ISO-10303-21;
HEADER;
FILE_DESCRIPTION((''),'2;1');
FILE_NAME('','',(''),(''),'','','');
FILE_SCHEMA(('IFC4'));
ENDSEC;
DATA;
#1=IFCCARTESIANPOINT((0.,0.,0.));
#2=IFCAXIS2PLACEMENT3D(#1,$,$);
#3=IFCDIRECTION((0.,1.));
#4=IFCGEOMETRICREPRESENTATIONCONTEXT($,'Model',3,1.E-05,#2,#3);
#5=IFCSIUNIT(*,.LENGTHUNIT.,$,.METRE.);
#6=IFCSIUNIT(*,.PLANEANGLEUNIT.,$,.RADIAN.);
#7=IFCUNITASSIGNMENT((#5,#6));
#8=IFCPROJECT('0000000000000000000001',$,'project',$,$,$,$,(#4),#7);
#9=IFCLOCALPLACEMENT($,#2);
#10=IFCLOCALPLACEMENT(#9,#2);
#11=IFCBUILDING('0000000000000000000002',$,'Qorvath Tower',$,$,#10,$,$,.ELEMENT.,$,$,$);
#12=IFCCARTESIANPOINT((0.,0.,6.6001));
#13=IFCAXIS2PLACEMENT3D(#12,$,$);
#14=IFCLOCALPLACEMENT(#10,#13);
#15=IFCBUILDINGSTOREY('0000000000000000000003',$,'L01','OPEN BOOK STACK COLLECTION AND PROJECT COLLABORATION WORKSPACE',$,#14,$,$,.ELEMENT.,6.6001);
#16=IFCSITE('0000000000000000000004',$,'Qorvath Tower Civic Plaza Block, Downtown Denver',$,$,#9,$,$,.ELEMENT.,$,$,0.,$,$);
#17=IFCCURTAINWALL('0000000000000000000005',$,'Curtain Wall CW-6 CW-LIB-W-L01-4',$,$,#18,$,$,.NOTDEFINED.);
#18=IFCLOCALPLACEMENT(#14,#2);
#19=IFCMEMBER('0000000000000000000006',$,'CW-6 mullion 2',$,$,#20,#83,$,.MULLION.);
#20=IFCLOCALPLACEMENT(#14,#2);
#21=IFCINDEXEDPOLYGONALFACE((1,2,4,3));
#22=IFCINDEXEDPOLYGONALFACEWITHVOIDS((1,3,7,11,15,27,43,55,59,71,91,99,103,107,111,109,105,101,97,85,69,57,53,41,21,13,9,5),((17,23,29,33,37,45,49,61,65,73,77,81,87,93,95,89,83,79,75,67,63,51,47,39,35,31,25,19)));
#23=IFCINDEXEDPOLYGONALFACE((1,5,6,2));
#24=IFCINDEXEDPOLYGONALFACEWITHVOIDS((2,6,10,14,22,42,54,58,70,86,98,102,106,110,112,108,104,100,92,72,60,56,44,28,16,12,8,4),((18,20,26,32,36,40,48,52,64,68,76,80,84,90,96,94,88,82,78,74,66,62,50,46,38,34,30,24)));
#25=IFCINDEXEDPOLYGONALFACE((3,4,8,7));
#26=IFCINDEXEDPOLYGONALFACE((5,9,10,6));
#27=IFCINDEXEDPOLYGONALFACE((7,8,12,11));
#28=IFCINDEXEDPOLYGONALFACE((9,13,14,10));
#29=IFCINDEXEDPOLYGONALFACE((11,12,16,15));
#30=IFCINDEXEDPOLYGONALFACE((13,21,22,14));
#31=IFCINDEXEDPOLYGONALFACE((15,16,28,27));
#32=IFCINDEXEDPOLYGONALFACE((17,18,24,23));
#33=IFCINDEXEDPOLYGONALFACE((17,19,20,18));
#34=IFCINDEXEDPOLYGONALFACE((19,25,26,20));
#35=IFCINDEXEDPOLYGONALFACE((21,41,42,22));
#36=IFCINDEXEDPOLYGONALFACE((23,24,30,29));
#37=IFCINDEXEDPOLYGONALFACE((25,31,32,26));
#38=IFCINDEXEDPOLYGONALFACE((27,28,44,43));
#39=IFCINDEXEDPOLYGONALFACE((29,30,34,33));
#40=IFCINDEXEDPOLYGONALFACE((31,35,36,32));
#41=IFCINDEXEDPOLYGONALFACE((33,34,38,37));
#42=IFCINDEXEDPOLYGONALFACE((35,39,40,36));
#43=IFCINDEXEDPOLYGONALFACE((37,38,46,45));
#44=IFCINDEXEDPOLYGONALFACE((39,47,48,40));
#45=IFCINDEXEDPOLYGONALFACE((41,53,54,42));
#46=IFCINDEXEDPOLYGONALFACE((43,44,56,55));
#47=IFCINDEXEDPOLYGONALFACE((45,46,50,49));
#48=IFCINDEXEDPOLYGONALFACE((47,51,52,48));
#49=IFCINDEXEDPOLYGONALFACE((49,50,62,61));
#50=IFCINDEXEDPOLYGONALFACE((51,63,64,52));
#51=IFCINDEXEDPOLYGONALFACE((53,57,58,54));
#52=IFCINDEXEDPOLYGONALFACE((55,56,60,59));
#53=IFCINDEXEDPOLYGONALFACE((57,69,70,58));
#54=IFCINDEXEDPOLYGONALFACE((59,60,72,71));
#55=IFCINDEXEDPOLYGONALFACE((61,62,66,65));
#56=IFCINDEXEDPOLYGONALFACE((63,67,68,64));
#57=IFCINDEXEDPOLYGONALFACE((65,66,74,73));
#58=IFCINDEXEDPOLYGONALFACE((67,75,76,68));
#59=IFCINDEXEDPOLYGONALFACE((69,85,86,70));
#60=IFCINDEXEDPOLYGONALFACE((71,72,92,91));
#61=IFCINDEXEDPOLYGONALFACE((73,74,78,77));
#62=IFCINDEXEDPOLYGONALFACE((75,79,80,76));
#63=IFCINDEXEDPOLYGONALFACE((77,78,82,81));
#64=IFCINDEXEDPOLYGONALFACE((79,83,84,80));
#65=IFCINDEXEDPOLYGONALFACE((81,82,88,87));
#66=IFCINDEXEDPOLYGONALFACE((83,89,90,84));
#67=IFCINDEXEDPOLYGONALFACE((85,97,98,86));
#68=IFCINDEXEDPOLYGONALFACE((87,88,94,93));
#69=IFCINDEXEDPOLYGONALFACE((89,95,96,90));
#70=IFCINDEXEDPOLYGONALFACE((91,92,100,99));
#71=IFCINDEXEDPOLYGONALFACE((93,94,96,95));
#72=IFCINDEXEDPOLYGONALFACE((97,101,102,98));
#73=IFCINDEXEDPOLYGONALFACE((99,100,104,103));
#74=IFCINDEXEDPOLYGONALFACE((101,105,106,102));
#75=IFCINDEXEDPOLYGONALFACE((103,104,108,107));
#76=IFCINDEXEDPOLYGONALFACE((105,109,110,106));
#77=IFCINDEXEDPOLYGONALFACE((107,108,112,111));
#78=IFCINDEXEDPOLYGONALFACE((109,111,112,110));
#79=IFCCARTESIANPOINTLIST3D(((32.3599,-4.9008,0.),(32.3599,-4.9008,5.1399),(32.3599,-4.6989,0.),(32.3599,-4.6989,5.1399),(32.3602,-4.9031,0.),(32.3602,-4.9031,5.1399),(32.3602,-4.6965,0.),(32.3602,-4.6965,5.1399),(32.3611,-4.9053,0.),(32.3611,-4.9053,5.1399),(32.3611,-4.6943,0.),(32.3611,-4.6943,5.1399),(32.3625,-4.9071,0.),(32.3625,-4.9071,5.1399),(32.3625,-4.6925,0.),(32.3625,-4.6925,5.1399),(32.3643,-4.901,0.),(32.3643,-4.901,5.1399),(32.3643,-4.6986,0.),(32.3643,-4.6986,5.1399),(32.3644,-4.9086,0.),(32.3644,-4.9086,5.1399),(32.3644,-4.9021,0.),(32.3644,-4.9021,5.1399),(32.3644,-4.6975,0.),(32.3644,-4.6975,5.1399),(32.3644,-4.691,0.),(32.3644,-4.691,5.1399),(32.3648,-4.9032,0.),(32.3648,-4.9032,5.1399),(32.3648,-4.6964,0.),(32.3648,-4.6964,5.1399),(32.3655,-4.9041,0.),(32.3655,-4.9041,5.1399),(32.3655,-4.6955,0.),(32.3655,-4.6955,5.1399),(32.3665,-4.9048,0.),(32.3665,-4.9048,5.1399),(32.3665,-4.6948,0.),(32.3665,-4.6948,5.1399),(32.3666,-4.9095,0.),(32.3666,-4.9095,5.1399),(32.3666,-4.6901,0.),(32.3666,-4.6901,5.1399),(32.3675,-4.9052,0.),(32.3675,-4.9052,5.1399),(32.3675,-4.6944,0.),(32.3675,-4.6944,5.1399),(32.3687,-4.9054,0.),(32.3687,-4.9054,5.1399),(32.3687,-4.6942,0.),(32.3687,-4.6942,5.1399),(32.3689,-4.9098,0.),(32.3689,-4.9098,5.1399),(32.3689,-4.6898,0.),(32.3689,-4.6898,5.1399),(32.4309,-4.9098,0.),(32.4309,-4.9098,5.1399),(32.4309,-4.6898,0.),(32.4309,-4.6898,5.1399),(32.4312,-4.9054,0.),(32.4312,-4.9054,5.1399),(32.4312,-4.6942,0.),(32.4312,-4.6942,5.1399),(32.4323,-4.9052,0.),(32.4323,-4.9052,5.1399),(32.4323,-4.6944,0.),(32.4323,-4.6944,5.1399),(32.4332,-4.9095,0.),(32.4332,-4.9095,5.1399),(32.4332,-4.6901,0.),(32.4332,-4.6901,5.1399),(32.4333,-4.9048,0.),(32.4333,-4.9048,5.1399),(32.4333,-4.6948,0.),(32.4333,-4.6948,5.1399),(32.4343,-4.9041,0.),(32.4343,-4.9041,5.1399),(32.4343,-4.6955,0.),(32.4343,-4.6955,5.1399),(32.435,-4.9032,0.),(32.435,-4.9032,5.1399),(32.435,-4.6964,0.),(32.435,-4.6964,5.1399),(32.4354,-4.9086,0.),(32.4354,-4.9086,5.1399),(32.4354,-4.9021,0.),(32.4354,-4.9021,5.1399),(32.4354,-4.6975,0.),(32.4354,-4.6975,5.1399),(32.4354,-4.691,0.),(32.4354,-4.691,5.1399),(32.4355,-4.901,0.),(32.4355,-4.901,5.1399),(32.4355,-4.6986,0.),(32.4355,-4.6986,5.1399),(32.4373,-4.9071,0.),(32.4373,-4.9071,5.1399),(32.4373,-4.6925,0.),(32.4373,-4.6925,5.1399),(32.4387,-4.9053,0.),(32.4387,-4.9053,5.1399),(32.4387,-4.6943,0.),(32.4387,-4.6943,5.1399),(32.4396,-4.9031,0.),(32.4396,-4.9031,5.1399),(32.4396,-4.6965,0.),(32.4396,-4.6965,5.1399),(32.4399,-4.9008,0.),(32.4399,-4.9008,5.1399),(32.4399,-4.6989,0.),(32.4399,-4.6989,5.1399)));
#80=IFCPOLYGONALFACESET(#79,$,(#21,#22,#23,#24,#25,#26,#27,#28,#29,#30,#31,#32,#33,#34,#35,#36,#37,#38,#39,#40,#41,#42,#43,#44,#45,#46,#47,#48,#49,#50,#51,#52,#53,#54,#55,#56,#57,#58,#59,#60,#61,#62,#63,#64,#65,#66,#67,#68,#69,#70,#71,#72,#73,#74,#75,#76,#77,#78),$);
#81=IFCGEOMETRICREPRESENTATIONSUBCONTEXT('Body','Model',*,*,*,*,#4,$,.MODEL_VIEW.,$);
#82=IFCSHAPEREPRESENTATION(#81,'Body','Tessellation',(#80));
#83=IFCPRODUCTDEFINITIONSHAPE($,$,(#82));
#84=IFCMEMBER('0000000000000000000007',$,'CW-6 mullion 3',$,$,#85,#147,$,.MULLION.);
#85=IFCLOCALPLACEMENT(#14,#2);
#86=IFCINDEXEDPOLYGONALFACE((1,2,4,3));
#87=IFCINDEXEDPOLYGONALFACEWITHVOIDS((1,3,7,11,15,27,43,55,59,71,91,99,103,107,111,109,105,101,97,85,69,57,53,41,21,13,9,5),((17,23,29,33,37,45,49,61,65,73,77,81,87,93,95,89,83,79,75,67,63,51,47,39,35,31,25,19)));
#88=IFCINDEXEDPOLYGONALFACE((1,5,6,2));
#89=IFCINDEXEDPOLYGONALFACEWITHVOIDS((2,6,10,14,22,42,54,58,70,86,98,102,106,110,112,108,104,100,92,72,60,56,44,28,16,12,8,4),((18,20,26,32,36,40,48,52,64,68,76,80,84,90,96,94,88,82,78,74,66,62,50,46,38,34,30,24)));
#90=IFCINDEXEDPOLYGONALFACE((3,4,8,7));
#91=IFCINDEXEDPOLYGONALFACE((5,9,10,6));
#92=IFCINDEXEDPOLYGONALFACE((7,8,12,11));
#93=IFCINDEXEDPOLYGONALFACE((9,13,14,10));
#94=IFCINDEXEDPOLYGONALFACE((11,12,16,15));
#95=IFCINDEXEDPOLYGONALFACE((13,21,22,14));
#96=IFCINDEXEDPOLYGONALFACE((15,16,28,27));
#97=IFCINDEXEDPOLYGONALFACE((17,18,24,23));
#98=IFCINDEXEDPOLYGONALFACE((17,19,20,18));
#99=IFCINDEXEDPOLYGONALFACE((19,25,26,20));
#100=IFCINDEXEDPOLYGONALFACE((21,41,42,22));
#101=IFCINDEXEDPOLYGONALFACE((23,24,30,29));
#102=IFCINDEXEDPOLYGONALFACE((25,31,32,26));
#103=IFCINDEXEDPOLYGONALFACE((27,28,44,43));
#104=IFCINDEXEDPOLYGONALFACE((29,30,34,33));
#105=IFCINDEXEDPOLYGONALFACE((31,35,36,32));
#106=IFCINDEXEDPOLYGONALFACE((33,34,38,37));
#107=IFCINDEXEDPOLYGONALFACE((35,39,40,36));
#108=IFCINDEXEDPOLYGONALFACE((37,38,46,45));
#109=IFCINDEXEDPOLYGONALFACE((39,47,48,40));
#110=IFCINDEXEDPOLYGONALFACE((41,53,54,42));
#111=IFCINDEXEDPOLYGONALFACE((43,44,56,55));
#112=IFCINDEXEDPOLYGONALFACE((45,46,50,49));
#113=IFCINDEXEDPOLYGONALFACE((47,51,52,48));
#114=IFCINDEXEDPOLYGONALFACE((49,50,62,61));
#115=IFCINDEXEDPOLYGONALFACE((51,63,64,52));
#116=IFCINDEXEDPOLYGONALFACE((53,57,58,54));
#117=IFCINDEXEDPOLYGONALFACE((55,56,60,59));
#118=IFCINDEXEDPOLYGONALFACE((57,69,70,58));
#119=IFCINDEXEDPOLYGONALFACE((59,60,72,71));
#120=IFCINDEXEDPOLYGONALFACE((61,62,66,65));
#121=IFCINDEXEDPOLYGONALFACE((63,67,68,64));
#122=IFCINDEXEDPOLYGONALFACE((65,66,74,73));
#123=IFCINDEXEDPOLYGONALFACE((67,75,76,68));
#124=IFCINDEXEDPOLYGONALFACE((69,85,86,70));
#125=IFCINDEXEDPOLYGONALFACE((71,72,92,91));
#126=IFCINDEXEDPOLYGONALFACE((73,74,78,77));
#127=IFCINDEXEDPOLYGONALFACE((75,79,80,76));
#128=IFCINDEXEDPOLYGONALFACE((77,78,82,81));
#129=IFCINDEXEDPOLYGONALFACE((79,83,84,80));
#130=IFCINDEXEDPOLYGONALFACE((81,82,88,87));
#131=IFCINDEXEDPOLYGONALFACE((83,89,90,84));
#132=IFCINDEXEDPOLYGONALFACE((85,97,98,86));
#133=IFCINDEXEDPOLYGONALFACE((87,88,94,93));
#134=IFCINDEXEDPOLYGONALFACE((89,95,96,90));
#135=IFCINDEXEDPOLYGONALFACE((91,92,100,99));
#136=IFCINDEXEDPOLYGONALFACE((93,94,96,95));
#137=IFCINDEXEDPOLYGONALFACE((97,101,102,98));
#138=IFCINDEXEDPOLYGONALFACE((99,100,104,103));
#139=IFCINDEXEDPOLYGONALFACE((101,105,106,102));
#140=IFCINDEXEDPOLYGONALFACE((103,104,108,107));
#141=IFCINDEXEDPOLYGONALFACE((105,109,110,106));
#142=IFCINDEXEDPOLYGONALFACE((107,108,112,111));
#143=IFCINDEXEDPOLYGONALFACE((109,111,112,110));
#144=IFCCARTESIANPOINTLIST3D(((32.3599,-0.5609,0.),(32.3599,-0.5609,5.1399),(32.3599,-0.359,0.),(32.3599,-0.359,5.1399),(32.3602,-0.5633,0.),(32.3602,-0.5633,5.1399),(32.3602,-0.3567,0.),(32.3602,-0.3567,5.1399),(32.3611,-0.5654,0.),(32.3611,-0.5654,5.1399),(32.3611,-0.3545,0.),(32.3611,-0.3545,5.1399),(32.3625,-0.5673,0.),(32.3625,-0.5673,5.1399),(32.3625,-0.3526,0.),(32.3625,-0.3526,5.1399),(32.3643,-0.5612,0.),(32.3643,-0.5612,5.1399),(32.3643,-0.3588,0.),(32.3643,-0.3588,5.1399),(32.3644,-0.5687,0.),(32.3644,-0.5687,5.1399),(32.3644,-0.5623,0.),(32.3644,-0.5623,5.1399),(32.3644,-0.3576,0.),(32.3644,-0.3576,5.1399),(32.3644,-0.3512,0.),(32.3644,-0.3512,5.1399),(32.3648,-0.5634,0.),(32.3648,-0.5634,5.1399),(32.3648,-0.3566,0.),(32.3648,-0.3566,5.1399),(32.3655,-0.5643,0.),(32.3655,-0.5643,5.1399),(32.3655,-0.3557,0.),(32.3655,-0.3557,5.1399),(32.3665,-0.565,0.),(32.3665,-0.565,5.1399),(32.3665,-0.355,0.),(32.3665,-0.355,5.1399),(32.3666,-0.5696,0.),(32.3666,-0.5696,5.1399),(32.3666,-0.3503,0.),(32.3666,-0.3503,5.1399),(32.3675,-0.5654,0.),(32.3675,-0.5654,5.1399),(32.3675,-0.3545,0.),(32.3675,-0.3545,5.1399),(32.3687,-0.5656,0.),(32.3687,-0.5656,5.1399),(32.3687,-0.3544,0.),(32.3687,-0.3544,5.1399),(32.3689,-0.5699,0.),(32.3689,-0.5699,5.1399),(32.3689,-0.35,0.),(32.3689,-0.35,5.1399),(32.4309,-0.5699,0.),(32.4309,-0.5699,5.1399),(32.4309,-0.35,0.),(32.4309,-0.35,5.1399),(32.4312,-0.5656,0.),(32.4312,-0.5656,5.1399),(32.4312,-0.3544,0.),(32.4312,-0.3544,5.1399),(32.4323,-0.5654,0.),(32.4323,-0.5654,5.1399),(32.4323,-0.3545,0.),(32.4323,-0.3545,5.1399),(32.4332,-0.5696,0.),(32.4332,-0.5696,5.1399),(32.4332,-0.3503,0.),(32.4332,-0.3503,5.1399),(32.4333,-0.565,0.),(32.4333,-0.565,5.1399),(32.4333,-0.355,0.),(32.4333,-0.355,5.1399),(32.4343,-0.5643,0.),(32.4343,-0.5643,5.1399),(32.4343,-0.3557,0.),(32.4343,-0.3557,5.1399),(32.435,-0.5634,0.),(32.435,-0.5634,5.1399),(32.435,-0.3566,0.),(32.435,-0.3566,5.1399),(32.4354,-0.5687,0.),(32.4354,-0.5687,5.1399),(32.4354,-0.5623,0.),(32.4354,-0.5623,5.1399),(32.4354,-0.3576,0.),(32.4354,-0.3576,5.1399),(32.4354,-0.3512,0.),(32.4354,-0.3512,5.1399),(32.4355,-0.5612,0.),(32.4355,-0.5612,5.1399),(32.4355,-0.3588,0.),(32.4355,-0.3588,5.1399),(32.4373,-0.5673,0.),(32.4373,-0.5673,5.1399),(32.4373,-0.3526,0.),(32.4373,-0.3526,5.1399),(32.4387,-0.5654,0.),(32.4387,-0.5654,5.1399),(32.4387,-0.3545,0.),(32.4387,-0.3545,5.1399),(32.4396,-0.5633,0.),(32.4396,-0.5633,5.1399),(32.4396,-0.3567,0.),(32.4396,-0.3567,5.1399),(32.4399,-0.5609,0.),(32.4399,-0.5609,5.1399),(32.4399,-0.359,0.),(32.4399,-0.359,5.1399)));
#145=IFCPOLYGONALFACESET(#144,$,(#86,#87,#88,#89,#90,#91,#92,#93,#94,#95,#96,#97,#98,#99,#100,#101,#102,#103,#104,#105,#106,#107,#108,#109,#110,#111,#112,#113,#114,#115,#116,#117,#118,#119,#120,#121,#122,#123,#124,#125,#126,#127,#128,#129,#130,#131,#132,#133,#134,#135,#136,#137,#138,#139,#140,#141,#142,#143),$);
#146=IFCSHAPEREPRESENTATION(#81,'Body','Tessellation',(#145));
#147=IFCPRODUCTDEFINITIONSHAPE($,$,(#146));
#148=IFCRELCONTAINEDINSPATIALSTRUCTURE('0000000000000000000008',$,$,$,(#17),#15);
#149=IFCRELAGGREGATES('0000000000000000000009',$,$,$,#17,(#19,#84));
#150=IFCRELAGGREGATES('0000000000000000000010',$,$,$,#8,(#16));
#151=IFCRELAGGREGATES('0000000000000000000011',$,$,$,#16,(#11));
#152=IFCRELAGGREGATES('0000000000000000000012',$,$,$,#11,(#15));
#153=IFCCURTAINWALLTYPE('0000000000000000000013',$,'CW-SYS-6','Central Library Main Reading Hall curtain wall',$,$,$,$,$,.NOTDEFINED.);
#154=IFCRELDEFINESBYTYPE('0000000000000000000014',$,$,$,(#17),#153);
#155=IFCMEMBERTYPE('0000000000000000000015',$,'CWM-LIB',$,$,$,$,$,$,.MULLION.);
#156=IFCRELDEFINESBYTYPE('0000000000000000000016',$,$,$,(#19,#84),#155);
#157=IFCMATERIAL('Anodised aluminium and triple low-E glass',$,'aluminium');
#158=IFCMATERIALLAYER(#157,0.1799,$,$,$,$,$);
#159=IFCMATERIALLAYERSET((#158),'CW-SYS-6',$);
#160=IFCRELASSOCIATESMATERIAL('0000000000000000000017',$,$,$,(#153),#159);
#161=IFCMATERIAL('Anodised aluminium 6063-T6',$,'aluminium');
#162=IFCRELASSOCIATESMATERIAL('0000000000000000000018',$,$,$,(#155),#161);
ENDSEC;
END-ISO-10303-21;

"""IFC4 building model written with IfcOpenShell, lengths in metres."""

from ifc_helpers import new_model, si_unit, direction, frame, origin, origin_2d, place, context, subcontext, project, spatial, hollow_rectangle, extrude, material, layer, layer_set, material_profile, profile_set, type_object, element, aggregate, save


model = new_model("IFC4")

# Units and contexts
model_context = context("Model", 3, precision=1e-05, world=origin(), true_north=direction((0.0, 1.0)))
body_context = subcontext(model_context, "Body", "Model", "MODEL_VIEW")
ifc_project = project(units=[si_unit("LENGTHUNIT", "METRE"), si_unit("PLANEANGLEUNIT", "RADIAN")], contexts=[model_context])

# Site, building, storey
site_placement = place(None, origin())
site = spatial("IfcSite", under=ifc_project, at=site_placement, Name="Qorvath Tower Civic Plaza Block, Downtown Denver", CompositionType="ELEMENT", RefElevation=0.0)
building_placement = place(site_placement, origin())
building = spatial("IfcBuilding", under=site, at=building_placement, Name="Qorvath Tower", CompositionType="ELEMENT")
storey_placement = place(building_placement, frame((0.0, 0.0, 6.6001)))
storey = spatial("IfcBuildingStorey", under=building, at=storey_placement, Name="L01", Description="OPEN BOOK STACK COLLECTION AND PROJECT COLLABORATION WORKSPACE", CompositionType="ELEMENT", Elevation=6.6001)

# Shared definitions
ifc_material_1 = material(Name="Anodised aluminium and triple low-E glass", Category="aluminium")
ifc_layer_1 = layer(ifc_material_1, 0.1799)
ifc_layer_set_1 = layer_set([ifc_layer_1], Name="CW-SYS-6")
curtain_wall_type = type_object("IfcCurtainWallType", Name="CW-SYS-6", Description="Central Library Main Reading Hall curtain wall", PredefinedType="NOTDEFINED", material=ifc_layer_set_1)
ifc_material_2 = material(Name="Anodised aluminium 6063-T6", Category="aluminium")
ifc_material_profile_1 = material_profile(ifc_material_2, hollow_rectangle(XDim=0.0801, YDim=0.22, WallThickness=0.0044, InnerFilletRadius=0.0044, OuterFilletRadius=0.009, at=origin_2d()), Name="CWM LIB 220x80")
ifc_profile_set_1 = profile_set([ifc_material_profile_1], Name="Anodised aluminium 6063-T6")
member_type_1 = type_object("IfcMemberType", Name="CWM-LIB", PredefinedType="MULLION", material=ifc_profile_set_1)

# Curtain wall, members
curtain_wall_1_placement = place(storey_placement, origin())
curtain_wall_1 = element("IfcCurtainWall", 1, at=curtain_wall_1_placement, inside=storey, type_object=curtain_wall_type, Name="Curtain Wall CW-6 CW-LIB-W-L01-4", PredefinedType="NOTDEFINED")
member_1_placement = place(storey_placement, frame((32.3999, -4.7998, 0.0), z_axis=(0.0, 0.0, 1.0), x_axis=(-1.0, 0.0, 0.0)))
member_1 = element("IfcMember", 2, at=member_1_placement, type_object=member_type_1, Name="CW-6 mullion 2", PredefinedType="MULLION", context=body_context, shape_type="SweptSolid", body=[
    extrude(hollow_rectangle(XDim=0.0801, YDim=0.22, WallThickness=0.0044, InnerFilletRadius=0.0044, OuterFilletRadius=0.009, at=origin_2d()), origin(), (0.0, 0.0, 1.0), 5.1399),
])
member_2_placement = place(storey_placement, frame((32.3999, -0.46, 0.0), z_axis=(0.0, 0.0, 1.0), x_axis=(-1.0, 0.0, 0.0)))
member_2 = element("IfcMember", 3, at=member_2_placement, type_object=member_type_1, Name="CW-6 mullion 3", PredefinedType="MULLION", context=body_context, shape_type="SweptSolid", body=[
    extrude(hollow_rectangle(XDim=0.0801, YDim=0.22, WallThickness=0.0044, InnerFilletRadius=0.0044, OuterFilletRadius=0.009, at=origin_2d()), origin(), (0.0, 0.0, 1.0), 5.1399),
])

aggregate(curtain_wall_1, [member_1, member_2])

save(model, "model.ifc")
